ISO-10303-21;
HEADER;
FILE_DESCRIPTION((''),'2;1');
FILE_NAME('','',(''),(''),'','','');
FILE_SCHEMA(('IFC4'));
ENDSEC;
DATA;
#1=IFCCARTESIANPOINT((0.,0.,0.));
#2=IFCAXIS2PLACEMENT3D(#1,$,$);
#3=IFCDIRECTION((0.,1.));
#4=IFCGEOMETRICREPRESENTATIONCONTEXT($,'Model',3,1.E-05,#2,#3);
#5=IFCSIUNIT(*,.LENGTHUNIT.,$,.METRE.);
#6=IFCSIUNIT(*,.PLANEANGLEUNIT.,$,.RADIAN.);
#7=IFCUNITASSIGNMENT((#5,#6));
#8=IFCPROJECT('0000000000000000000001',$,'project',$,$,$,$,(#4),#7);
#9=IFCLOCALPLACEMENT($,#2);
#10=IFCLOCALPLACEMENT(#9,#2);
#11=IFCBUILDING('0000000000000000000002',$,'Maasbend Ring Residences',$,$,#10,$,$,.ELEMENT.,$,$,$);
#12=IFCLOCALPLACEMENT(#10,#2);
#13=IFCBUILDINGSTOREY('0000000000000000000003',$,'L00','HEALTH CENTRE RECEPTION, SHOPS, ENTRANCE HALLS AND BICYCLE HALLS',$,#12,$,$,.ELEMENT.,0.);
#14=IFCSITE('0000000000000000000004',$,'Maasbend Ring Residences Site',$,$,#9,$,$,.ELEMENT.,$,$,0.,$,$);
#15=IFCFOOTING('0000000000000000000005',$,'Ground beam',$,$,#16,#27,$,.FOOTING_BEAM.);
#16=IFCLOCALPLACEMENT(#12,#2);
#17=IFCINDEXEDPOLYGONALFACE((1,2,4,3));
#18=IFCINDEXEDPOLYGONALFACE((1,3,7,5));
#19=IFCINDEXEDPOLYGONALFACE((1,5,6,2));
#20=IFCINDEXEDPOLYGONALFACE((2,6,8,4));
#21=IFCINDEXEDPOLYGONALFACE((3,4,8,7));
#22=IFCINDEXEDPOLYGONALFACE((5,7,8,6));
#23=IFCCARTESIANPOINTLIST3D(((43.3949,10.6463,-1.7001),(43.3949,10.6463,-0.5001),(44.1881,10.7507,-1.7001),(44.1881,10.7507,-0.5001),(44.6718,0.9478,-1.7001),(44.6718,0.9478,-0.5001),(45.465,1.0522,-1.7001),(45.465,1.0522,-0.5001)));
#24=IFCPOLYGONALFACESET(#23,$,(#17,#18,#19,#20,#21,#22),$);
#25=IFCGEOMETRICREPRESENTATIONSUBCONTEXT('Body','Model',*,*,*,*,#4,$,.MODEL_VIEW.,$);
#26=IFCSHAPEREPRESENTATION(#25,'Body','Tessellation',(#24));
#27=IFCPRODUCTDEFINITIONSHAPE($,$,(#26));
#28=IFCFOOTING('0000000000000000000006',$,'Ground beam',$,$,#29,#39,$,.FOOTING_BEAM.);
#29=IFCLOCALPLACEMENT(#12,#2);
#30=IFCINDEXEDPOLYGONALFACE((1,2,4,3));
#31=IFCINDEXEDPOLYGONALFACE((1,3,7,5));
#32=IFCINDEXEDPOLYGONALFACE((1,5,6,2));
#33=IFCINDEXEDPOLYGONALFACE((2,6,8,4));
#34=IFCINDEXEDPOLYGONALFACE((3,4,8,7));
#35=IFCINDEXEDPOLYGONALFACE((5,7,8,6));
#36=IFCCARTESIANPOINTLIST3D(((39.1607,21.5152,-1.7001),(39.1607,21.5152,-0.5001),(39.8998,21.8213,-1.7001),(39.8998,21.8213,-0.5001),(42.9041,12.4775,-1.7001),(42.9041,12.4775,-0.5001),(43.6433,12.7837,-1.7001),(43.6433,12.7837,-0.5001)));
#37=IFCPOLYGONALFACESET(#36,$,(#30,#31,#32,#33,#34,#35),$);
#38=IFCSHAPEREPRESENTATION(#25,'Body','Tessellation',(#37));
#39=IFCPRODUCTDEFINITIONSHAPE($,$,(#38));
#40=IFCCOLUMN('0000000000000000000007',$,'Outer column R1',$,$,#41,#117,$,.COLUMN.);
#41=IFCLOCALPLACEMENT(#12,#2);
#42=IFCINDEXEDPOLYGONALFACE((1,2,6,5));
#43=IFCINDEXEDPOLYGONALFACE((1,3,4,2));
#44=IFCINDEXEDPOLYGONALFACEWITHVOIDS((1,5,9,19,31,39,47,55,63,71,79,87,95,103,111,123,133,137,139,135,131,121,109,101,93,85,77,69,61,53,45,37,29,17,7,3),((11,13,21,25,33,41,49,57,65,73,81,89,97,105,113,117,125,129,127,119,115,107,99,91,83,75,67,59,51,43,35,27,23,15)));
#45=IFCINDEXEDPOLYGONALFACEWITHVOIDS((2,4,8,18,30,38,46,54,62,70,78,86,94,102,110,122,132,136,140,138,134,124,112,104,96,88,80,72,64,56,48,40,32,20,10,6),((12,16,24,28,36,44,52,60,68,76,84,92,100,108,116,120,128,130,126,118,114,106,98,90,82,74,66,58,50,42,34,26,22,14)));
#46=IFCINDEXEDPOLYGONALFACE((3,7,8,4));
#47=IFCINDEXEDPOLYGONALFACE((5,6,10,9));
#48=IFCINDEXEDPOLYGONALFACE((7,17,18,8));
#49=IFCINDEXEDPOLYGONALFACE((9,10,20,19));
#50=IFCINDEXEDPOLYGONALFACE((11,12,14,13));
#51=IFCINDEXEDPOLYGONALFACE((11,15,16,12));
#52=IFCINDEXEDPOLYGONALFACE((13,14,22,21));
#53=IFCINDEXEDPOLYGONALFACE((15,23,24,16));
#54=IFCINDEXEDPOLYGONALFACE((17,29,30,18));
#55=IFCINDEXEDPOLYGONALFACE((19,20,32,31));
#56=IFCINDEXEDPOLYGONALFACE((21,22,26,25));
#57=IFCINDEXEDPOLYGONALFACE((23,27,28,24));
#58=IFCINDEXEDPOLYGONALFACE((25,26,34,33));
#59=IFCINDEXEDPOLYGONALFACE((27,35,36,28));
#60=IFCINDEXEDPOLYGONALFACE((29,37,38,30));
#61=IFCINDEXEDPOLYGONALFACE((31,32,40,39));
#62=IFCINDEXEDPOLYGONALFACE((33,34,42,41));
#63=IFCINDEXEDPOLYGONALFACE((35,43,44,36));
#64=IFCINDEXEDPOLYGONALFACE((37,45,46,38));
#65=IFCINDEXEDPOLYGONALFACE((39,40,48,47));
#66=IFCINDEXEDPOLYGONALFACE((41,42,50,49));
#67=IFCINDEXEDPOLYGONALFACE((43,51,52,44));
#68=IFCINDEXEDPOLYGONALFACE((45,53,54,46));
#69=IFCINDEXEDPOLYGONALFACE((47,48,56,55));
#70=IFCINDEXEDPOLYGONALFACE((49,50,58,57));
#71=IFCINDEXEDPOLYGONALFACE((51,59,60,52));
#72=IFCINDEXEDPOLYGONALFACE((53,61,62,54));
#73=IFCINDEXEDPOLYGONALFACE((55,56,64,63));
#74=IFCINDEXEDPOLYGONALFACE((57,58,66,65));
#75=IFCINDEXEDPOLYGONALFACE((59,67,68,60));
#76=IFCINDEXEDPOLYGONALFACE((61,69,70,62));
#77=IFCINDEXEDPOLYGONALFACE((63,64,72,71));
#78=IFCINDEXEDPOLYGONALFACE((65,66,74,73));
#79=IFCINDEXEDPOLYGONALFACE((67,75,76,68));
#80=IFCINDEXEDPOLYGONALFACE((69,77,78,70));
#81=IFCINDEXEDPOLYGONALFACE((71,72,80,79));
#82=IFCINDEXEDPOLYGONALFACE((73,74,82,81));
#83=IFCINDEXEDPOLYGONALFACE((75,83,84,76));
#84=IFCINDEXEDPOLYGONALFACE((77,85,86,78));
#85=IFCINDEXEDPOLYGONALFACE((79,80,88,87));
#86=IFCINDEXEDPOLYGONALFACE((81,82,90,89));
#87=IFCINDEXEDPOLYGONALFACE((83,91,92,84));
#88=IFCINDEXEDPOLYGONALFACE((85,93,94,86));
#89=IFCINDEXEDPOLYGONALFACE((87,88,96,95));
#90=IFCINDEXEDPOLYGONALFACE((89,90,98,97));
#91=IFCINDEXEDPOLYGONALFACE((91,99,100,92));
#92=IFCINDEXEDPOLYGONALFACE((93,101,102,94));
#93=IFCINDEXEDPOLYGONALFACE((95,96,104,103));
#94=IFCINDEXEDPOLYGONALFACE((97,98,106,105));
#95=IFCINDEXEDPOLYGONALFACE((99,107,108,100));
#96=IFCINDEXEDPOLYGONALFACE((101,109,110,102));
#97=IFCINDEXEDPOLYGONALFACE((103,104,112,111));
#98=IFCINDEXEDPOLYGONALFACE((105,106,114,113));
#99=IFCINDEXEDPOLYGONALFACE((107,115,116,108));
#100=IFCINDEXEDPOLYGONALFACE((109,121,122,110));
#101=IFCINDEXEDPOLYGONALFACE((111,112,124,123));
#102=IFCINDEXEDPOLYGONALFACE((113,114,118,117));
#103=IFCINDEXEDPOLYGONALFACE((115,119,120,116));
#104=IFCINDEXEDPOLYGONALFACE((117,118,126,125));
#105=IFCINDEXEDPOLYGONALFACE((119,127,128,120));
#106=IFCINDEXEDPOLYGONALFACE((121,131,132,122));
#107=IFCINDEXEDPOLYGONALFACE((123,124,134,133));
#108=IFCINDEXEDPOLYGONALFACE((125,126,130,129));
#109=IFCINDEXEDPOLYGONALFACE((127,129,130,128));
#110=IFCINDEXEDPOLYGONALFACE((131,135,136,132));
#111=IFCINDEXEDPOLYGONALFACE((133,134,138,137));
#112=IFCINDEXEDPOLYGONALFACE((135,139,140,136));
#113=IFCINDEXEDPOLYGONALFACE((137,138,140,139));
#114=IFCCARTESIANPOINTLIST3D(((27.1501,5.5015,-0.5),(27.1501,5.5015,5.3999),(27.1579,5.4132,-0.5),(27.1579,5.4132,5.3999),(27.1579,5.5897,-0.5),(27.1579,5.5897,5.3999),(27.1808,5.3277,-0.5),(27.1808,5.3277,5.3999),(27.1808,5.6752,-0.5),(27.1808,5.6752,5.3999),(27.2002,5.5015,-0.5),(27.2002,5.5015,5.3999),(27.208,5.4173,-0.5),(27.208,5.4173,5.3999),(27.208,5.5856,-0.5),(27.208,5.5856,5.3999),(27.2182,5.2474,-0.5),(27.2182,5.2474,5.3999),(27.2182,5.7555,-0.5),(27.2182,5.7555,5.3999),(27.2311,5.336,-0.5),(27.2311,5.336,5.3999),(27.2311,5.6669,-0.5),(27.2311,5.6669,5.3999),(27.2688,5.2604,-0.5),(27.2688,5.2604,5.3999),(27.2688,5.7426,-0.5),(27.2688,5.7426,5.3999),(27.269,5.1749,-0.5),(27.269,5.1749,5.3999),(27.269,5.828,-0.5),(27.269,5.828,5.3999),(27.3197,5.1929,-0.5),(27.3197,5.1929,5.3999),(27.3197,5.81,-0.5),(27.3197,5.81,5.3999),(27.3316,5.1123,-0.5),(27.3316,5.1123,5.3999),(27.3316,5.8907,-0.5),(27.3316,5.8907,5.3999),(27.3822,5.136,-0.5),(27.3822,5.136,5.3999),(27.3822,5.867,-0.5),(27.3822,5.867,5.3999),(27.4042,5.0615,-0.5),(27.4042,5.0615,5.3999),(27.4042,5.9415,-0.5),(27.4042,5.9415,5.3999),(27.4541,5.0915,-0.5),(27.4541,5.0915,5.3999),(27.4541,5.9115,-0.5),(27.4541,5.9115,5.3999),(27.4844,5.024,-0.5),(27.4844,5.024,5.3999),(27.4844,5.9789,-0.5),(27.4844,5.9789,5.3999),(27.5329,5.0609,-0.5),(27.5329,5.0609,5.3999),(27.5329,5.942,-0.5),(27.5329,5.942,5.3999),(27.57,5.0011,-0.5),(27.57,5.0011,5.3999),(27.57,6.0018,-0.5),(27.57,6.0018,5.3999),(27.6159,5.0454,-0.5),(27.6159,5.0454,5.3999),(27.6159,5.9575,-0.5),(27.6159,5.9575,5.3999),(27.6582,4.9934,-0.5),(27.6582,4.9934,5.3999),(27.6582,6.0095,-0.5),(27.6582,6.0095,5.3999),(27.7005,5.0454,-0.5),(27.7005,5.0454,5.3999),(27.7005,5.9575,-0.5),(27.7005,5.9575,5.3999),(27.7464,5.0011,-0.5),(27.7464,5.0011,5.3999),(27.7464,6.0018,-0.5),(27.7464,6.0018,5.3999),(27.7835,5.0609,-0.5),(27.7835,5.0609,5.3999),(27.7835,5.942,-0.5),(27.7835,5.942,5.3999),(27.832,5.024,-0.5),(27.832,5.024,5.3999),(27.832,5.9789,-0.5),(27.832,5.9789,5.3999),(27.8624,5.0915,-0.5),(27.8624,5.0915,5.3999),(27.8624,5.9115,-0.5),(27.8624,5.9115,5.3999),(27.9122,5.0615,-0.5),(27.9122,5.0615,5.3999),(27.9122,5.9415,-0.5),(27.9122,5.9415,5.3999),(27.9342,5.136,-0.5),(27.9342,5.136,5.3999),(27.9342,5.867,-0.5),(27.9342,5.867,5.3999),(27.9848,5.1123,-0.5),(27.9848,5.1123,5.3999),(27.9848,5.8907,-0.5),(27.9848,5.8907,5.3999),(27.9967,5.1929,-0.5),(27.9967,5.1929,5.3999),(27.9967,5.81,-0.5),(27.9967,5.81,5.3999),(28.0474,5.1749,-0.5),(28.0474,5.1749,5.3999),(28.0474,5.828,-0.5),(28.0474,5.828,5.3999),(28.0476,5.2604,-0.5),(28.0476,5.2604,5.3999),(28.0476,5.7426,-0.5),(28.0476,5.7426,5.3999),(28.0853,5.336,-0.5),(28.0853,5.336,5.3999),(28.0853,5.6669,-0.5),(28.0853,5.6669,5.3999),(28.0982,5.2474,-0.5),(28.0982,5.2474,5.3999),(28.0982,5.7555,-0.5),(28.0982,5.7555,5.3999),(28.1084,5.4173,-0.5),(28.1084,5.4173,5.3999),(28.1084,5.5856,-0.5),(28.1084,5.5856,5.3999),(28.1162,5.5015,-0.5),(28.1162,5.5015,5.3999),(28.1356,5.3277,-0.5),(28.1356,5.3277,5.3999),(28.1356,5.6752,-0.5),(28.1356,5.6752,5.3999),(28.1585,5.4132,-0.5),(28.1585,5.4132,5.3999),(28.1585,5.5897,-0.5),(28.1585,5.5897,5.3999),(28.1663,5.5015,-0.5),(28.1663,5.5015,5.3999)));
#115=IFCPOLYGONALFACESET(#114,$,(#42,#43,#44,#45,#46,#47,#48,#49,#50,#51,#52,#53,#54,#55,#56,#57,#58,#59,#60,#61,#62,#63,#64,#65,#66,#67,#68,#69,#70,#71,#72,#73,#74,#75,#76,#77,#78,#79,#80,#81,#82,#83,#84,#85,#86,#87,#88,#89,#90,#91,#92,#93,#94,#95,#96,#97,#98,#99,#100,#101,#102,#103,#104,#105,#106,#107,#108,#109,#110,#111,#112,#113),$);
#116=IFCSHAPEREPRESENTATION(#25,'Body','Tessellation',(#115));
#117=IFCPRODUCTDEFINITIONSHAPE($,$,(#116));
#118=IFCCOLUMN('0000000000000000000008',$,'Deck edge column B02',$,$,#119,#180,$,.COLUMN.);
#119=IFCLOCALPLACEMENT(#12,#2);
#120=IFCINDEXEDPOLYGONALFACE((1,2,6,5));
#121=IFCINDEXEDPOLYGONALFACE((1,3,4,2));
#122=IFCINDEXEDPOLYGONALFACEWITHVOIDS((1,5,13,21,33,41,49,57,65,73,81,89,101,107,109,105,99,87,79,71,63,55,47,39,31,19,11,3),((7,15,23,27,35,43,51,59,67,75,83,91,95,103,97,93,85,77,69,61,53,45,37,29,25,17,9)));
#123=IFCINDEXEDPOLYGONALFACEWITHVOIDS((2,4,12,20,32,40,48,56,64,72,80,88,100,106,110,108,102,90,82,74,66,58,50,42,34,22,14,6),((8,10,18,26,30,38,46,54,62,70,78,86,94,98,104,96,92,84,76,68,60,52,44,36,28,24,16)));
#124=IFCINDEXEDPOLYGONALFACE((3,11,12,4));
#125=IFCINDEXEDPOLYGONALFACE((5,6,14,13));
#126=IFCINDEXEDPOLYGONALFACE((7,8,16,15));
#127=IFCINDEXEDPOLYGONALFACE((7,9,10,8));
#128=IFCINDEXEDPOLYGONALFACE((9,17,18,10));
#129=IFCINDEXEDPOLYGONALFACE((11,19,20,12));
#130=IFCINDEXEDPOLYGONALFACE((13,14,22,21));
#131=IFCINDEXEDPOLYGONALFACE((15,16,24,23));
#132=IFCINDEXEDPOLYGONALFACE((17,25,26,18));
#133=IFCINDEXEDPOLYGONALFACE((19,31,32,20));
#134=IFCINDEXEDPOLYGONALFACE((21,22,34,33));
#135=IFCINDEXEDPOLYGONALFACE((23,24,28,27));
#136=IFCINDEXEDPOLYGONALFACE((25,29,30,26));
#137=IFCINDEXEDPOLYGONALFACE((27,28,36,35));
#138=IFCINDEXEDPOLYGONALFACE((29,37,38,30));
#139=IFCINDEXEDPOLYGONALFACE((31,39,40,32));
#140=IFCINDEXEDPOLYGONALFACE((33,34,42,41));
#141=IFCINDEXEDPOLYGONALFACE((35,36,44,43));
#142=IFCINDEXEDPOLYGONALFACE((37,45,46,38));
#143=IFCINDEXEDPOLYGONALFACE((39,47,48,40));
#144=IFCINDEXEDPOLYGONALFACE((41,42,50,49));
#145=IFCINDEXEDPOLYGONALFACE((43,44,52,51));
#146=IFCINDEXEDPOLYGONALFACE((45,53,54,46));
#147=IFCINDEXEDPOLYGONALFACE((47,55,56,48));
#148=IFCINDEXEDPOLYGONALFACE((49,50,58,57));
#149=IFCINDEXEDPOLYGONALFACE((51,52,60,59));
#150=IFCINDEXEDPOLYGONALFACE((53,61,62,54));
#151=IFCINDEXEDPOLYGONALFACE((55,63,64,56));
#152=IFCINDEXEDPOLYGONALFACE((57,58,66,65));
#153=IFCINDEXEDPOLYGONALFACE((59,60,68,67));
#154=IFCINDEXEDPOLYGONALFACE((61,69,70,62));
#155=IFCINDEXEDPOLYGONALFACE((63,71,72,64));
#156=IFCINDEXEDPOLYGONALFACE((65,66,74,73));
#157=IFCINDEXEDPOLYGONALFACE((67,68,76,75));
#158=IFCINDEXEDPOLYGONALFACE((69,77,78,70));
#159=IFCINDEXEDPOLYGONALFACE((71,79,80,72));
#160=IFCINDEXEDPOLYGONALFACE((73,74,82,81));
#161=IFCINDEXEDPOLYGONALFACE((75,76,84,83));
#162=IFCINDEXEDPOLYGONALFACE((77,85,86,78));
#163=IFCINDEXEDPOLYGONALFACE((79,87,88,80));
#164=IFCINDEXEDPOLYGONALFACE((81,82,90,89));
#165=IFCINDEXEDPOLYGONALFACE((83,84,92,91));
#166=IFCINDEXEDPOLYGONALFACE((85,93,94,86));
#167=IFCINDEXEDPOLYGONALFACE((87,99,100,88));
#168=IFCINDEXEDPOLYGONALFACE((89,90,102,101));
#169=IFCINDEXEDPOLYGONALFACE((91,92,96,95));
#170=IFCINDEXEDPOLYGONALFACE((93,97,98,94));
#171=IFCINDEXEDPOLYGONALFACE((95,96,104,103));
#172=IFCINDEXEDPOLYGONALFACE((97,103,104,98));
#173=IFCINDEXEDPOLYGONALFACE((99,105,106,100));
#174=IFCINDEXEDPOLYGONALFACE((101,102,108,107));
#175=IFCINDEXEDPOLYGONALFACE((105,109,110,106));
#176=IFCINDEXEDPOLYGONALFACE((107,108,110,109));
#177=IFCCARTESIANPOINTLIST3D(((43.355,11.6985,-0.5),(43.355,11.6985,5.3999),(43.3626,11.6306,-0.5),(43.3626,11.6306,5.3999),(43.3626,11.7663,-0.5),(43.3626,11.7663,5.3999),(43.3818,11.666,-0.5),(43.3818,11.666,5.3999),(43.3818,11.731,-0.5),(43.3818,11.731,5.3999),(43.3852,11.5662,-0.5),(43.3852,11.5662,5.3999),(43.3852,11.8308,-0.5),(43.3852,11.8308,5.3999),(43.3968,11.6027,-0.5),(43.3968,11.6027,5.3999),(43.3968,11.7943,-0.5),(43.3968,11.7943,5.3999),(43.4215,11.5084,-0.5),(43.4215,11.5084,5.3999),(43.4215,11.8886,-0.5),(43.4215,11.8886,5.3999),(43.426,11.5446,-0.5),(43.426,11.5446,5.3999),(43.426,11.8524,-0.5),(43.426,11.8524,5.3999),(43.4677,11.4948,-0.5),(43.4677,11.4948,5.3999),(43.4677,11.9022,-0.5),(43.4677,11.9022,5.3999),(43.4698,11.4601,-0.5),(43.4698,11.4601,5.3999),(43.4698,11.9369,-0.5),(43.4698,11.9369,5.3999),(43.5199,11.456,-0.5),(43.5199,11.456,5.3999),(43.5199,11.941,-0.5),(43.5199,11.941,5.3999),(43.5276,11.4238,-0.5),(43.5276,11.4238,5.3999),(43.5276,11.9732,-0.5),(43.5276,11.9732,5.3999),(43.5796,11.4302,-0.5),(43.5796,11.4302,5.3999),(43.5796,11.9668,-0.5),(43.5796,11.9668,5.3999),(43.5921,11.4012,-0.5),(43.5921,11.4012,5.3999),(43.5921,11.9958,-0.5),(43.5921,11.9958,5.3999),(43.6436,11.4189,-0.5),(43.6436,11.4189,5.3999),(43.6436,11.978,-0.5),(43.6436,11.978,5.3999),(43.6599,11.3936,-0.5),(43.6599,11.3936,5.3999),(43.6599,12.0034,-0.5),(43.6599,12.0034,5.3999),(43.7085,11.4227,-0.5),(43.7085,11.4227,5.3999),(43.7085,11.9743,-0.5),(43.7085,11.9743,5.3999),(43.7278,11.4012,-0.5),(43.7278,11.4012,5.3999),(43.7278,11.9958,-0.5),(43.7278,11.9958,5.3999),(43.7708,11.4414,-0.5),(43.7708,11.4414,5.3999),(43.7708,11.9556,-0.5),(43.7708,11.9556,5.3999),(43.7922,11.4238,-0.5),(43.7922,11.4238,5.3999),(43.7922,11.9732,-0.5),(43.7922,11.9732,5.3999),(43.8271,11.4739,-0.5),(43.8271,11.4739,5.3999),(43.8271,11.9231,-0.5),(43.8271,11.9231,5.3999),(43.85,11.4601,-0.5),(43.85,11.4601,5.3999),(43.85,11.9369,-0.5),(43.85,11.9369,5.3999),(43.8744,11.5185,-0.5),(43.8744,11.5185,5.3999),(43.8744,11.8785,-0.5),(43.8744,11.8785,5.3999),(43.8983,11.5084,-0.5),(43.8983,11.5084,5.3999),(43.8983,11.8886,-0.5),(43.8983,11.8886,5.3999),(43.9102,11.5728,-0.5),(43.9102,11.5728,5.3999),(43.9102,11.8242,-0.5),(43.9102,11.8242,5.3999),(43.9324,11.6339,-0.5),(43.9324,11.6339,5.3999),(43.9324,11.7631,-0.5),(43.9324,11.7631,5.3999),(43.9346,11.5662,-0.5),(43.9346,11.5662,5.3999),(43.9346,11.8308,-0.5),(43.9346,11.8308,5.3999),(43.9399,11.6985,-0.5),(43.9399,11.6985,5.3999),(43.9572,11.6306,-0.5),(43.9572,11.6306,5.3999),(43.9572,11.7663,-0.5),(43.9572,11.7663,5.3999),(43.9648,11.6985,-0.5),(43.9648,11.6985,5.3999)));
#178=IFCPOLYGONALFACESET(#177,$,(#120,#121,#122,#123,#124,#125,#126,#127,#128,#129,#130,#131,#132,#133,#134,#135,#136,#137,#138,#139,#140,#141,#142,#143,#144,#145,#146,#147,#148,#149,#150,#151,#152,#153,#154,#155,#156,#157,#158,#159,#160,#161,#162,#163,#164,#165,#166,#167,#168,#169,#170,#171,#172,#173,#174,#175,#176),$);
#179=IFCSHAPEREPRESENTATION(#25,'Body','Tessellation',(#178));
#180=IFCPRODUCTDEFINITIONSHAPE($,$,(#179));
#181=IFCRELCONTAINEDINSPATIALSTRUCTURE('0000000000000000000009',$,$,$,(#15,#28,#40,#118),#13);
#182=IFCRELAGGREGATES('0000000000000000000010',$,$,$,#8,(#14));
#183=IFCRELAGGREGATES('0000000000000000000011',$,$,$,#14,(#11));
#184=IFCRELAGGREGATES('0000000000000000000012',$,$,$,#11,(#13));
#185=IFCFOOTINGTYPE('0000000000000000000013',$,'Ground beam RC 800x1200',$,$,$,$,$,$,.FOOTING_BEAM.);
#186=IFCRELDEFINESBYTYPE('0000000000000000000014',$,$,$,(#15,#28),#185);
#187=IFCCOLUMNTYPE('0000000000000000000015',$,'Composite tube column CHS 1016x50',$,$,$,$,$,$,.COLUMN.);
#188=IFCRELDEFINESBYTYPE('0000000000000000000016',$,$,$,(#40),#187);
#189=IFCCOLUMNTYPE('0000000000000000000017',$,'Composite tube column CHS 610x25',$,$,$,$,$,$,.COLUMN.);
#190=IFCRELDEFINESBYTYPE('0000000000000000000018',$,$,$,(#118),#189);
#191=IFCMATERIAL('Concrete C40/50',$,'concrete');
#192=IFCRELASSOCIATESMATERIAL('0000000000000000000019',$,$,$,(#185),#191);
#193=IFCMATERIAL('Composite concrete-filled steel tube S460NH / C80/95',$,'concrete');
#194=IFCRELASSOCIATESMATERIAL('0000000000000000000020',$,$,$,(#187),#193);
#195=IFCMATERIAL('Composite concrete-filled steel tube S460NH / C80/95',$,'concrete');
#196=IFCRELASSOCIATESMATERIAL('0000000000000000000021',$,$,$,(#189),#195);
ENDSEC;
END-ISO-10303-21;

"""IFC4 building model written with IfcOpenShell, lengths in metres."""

from ifc_helpers import new_model, si_unit, direction, frame, origin, origin_2d, place, context, subcontext, project, spatial, rectangle, hollow_circle, extrude, material, material_profile, profile_set, type_object, element, save


model = new_model("IFC4")

# Units and contexts
model_context = context("Model", 3, precision=1e-05, world=origin(), true_north=direction((0.0, 1.0)))
body_context = subcontext(model_context, "Body", "Model", "MODEL_VIEW")
ifc_project = project(units=[si_unit("LENGTHUNIT", "METRE"), si_unit("PLANEANGLEUNIT", "RADIAN")], contexts=[model_context])

# Site, building, storey
site_placement = place(None, origin())
site = spatial("IfcSite", under=ifc_project, at=site_placement, Name="Maasbend Ring Residences Site", CompositionType="ELEMENT", RefElevation=0.0)
building_placement = place(site_placement, origin())
building = spatial("IfcBuilding", under=site, at=building_placement, Name="Maasbend Ring Residences", CompositionType="ELEMENT")
storey_placement = place(building_placement, origin())
storey = spatial("IfcBuildingStorey", under=building, at=storey_placement, Name="L00", Description="HEALTH CENTRE RECEPTION, SHOPS, ENTRANCE HALLS AND BICYCLE HALLS", CompositionType="ELEMENT", Elevation=0.0)

# Footings
ifc_material_1 = material(Name="Concrete C40/50", Category="concrete")
ifc_material_profile_1 = material_profile(ifc_material_1, rectangle(XDim=0.8, YDim=1.2, at=origin_2d()), Name="Ground beam RC 800x1200")
ifc_profile_set_1 = profile_set([ifc_material_profile_1], Name="Concrete C40/50")
footing_type = type_object("IfcFootingType", Name="Ground beam RC 800x1200", PredefinedType="FOOTING_BEAM", material=ifc_profile_set_1)
for number, where, z_axis, x_axis, name in (
    (1, (45.0684, 1.0, -1.1001), (-0.130529, 0.991445, 0.0), (-0.991445, -0.130529, 0.0), "Ground beam"),
    (2, (43.2737, 12.6306, -1.1001), (-0.382676, 0.923883, 0.0), (-0.923883, -0.382676, 0.0), "Ground beam"),
):
    element("IfcFooting", number, at=place(storey_placement, frame(where, z_axis=z_axis, x_axis=x_axis)), inside=storey, type_object=footing_type, Name=name, PredefinedType="FOOTING_BEAM", context=body_context, shape_type="SweptSolid", body=[
        extrude(rectangle(XDim=0.8, YDim=1.2, at=origin_2d()), origin(), (0.0, 0.0, 1.0), 9.7822),
    ])

# Columns
ifc_material_2 = material(Name="Composite concrete-filled steel tube S460NH / C80/95", Category="concrete")
ifc_material_profile_2 = material_profile(ifc_material_2, hollow_circle(Radius=0.5081, WallThickness=0.05, at=origin_2d()), Name="Composite tube column CHS 1016x50")
ifc_profile_set_2 = profile_set([ifc_material_profile_2], Name="Composite concrete-filled steel tube S460NH / C80/95")
column_type_1 = type_object("IfcColumnType", Name="Composite tube column CHS 1016x50", PredefinedType="COLUMN", material=ifc_profile_set_2)
column_1_placement = place(storey_placement, frame((27.6582, 5.5015, -0.5), z_axis=(0.0, 0.0, 1.0), x_axis=(1.0, 0.0, 0.0)))
element("IfcColumn", 3, at=column_1_placement, inside=storey, type_object=column_type_1, Name="Outer column R1", PredefinedType="COLUMN", context=body_context, shape_type="SweptSolid", body=[
    extrude(hollow_circle(Radius=0.5081, WallThickness=0.05, at=origin_2d()), origin(), (0.0, 0.0, 1.0), 5.8999),
])
ifc_material_3 = material(Name="Composite concrete-filled steel tube S460NH / C80/95", Category="concrete")
ifc_material_profile_3 = material_profile(ifc_material_3, hollow_circle(Radius=0.3049, WallThickness=0.0249, at=origin_2d()), Name="Composite tube column CHS 610x25")
ifc_profile_set_3 = profile_set([ifc_material_profile_3], Name="Composite concrete-filled steel tube S460NH / C80/95")
column_type_2 = type_object("IfcColumnType", Name="Composite tube column CHS 610x25", PredefinedType="COLUMN", material=ifc_profile_set_3)
column_2_placement = place(storey_placement, frame((43.6599, 11.6985, -0.5), z_axis=(0.0, 0.0, 1.0), x_axis=(1.0, 0.0, 0.0)))
element("IfcColumn", 4, at=column_2_placement, inside=storey, type_object=column_type_2, Name="Deck edge column B02", PredefinedType="COLUMN", context=body_context, shape_type="SweptSolid", body=[
    extrude(hollow_circle(Radius=0.3049, WallThickness=0.0249, at=origin_2d()), origin(), (0.0, 0.0, 1.0), 5.8999),
])

save(model, "model.ifc")
